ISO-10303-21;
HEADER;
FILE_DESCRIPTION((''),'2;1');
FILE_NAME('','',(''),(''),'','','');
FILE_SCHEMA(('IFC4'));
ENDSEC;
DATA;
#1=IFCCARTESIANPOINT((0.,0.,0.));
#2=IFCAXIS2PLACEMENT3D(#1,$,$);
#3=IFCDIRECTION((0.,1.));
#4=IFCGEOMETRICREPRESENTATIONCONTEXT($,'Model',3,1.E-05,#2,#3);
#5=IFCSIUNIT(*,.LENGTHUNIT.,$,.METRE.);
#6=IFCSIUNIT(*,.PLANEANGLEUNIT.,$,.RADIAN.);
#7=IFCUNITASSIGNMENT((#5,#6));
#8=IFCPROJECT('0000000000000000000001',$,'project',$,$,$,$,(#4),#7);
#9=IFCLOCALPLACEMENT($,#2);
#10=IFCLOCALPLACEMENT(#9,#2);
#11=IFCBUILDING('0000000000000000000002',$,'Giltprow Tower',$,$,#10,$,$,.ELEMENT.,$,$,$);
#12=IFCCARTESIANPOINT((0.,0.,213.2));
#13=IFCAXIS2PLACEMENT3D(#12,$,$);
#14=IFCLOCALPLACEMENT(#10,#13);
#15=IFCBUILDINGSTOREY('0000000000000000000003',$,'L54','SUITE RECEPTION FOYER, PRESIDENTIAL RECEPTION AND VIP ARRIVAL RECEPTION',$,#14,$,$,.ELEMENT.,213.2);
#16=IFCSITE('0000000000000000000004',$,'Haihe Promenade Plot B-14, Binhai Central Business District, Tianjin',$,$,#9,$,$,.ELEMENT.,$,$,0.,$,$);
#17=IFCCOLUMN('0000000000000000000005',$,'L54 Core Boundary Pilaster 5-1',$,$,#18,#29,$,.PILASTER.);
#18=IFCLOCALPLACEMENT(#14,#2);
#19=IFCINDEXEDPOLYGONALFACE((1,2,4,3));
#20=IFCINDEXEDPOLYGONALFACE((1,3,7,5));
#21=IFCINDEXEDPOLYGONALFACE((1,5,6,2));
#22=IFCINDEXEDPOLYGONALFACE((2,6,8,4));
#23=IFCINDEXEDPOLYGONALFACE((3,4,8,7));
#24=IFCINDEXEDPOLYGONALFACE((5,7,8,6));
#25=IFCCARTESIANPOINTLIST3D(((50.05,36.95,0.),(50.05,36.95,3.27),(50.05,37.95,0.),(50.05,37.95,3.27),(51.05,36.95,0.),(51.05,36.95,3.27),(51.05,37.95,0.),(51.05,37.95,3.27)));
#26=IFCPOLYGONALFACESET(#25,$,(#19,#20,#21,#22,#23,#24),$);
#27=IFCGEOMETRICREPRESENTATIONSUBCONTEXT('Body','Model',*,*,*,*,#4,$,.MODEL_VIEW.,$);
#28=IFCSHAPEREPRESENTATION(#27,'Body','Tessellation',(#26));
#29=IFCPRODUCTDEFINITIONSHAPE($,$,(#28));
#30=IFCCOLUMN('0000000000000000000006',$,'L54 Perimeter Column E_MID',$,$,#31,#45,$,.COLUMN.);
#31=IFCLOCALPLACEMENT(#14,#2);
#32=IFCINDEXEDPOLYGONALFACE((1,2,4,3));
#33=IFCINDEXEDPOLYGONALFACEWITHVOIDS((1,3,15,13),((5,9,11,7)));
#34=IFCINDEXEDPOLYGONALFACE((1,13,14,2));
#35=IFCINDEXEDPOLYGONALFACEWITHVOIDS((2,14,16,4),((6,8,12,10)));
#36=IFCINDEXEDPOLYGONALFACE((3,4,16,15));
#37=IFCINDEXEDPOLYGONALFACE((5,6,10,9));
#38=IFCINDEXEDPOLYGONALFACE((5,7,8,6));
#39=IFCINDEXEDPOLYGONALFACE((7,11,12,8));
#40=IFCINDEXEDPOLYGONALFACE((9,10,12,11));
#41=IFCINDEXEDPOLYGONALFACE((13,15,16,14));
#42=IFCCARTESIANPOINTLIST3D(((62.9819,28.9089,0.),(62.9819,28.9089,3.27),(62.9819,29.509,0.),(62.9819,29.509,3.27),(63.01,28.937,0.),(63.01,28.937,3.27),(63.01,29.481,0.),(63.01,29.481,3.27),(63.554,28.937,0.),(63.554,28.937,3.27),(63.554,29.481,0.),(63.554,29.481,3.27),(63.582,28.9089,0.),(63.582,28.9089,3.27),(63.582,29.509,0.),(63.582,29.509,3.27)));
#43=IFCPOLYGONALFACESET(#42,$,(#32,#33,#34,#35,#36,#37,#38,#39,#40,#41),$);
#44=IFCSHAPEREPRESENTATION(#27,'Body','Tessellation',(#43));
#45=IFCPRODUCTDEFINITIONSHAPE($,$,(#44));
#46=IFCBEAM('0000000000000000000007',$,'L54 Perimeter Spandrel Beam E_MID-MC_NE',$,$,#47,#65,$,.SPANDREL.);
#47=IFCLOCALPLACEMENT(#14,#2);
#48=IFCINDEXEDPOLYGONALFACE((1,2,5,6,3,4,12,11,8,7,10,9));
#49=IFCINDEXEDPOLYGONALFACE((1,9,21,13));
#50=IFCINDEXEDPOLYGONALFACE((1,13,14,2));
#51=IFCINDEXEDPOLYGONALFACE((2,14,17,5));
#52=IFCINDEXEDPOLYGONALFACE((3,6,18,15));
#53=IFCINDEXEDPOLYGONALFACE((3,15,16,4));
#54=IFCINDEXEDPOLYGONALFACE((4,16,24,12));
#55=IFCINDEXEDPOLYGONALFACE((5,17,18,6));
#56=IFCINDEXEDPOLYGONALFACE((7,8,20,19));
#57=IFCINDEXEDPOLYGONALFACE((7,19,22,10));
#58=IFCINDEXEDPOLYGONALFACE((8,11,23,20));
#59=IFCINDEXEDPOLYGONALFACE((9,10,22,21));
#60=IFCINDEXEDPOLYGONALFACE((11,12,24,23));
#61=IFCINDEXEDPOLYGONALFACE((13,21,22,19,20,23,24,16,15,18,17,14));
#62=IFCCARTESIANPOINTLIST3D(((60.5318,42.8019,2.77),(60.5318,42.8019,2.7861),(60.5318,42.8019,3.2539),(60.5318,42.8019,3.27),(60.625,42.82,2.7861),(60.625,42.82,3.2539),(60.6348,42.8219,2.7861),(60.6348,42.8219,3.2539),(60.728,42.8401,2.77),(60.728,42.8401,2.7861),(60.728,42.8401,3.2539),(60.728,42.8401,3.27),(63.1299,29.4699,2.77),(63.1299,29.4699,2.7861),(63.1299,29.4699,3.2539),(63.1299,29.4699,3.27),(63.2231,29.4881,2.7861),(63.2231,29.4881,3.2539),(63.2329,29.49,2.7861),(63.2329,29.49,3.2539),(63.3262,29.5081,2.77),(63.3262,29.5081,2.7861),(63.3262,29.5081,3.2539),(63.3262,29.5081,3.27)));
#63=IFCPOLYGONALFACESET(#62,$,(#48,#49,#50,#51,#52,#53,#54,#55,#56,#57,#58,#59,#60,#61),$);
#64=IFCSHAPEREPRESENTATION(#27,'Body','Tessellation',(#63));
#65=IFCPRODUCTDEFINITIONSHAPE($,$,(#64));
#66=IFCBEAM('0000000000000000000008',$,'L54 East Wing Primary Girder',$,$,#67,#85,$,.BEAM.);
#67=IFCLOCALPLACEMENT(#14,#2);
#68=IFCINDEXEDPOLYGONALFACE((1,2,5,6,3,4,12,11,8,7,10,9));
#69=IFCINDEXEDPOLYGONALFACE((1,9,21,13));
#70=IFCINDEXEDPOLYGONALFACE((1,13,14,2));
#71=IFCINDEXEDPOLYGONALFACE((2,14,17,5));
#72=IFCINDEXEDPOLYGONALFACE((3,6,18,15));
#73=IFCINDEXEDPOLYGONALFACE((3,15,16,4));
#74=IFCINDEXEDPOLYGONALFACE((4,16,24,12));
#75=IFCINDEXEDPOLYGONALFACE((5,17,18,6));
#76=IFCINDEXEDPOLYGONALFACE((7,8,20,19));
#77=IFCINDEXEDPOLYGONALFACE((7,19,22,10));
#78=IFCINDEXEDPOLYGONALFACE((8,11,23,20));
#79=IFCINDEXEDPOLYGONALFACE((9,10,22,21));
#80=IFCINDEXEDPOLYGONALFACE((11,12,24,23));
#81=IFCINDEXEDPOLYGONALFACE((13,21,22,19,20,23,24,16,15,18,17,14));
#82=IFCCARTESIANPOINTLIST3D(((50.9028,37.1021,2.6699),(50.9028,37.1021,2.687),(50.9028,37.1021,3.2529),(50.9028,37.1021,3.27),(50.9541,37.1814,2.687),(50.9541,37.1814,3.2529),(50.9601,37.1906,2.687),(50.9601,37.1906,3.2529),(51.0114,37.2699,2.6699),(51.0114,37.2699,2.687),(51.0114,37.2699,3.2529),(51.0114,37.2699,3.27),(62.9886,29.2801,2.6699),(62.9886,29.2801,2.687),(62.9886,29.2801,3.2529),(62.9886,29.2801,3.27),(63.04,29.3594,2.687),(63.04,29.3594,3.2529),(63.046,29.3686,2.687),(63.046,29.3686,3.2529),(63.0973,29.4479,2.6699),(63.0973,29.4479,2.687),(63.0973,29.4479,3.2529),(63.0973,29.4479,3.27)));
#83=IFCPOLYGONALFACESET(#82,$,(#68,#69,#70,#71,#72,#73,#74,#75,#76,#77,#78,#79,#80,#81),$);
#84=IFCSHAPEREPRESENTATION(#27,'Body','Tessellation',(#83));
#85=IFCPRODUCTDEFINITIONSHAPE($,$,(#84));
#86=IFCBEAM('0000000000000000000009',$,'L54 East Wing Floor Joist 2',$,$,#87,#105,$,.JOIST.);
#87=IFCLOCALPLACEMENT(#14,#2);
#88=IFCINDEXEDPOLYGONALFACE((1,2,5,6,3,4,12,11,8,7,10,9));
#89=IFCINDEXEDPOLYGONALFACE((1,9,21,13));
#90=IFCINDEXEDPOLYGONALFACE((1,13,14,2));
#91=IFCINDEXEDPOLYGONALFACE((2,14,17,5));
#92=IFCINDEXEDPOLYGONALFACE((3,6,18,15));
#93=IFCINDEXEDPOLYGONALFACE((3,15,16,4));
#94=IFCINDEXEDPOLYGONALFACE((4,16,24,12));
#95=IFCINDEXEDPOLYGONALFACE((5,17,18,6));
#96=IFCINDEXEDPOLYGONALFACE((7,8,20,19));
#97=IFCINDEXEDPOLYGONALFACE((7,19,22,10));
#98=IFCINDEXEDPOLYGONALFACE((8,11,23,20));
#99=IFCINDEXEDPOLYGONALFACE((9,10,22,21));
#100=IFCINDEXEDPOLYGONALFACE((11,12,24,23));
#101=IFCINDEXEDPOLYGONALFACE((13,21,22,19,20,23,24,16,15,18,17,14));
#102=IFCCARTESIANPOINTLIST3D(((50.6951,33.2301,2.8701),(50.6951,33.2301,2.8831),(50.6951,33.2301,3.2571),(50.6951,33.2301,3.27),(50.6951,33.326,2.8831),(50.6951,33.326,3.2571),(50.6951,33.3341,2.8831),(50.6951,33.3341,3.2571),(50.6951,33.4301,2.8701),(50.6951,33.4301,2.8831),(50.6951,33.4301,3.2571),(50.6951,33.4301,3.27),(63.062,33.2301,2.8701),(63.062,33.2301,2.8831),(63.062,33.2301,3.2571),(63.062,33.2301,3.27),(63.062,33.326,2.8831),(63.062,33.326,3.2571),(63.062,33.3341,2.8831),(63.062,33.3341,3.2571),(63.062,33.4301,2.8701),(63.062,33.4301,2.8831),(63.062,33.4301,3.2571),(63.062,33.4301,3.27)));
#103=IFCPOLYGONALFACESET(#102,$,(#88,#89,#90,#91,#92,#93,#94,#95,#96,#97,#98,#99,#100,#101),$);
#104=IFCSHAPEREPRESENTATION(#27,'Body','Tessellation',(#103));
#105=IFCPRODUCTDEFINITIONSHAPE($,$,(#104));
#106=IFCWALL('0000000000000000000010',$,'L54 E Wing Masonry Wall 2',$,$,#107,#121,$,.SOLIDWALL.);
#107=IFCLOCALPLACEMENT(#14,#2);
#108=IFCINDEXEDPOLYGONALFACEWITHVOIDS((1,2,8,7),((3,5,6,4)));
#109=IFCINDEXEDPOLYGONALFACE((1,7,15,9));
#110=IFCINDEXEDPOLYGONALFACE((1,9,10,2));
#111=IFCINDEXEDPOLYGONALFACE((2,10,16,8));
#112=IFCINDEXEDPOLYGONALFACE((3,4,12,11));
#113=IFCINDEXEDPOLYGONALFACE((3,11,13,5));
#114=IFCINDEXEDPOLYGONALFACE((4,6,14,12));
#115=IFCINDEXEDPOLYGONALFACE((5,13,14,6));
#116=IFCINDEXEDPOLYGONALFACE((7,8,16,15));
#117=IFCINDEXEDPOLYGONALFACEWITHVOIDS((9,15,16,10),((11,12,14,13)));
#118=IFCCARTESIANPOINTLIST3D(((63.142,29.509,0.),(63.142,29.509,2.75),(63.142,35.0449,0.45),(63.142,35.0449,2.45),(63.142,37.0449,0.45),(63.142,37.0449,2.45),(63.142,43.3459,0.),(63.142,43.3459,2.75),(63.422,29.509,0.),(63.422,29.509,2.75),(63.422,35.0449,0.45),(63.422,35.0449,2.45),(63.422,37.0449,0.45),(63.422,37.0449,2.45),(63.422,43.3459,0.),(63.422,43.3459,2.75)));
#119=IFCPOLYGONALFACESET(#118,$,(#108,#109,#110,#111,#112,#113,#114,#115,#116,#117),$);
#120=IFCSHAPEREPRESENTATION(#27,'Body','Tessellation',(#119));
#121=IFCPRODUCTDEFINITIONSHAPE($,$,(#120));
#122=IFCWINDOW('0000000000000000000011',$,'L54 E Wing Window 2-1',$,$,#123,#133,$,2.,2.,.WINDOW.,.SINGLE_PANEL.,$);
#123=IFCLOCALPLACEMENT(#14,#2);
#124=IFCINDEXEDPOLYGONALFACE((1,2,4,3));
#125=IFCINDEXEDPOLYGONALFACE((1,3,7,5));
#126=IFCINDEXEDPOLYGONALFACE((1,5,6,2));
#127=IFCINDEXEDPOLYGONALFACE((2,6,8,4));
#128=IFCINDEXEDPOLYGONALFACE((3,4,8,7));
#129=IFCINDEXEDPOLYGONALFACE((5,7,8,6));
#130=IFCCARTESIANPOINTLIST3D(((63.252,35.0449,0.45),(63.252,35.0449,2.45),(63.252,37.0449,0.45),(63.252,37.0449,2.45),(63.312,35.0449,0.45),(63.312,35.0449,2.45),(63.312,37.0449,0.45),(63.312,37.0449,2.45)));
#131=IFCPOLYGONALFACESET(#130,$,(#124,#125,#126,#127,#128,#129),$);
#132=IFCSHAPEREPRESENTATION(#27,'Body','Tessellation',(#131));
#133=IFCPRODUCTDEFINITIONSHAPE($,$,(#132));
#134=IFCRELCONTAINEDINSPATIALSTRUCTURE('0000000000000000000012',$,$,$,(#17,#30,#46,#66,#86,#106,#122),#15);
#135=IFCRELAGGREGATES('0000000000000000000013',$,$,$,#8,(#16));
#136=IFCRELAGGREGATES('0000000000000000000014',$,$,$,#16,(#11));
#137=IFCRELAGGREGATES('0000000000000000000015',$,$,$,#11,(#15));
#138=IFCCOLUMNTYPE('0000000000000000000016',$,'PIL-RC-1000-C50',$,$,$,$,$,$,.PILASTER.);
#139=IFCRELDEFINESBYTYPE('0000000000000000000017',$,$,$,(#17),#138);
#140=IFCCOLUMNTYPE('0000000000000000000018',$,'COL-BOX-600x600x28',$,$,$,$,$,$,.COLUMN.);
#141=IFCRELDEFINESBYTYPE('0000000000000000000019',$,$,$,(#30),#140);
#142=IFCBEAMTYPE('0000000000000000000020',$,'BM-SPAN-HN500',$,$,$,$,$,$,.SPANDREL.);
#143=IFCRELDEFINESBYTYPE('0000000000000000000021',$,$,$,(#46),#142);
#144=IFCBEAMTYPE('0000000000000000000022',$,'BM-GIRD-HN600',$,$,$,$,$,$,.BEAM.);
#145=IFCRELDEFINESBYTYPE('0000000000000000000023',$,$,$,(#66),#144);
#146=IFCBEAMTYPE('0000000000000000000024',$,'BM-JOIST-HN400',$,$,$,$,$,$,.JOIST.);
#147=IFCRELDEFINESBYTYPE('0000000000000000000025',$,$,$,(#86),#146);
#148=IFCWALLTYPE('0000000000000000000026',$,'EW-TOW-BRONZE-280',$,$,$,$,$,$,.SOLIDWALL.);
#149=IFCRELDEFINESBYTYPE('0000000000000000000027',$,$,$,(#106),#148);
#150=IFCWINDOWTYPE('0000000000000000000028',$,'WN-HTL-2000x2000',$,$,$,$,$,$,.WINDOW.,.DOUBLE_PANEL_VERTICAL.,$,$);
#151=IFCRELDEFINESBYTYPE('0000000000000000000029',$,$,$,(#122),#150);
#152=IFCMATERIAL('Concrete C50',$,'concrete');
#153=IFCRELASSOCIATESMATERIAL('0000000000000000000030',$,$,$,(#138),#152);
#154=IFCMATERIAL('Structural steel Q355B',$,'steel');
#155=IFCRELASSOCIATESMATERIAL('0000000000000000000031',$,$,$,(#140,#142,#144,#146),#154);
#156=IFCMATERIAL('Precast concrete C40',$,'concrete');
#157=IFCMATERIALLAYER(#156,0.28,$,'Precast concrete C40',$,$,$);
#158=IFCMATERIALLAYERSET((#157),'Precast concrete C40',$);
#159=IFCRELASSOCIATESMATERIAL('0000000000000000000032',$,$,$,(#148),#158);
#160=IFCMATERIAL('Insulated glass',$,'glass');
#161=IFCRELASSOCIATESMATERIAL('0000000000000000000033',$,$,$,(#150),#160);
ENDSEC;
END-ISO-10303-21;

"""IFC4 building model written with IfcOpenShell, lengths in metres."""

from ifc_helpers import new_model, si_unit, direction, frame, frame_2d, origin, origin_2d, place, context, subcontext, project, spatial, rectangle, hollow_rectangle, i_section, extrude, source, transform, mapped, material, layer, layer_set, material_profile, profile_set, type_object, element, fill, save


model = new_model("IFC4")

# Units and contexts
model_context = context("Model", 3, precision=1e-05, world=origin(), true_north=direction((0.0, 1.0)))
body_context = subcontext(model_context, "Body", "Model", "MODEL_VIEW")
ifc_project = project(units=[si_unit("LENGTHUNIT", "METRE"), si_unit("PLANEANGLEUNIT", "RADIAN")], contexts=[model_context])

# Site, building, storey
site_placement = place(None, origin())
site = spatial("IfcSite", under=ifc_project, at=site_placement, Name="Haihe Promenade Plot B-14, Binhai Central Business District, Tianjin", CompositionType="ELEMENT", RefElevation=0.0)
building_placement = place(site_placement, origin())
building = spatial("IfcBuilding", under=site, at=building_placement, Name="Giltprow Tower", CompositionType="ELEMENT")
storey_placement = place(building_placement, frame((0.0, 0.0, 213.2)))
storey = spatial("IfcBuildingStorey", under=building, at=storey_placement, Name="L54", Description="SUITE RECEPTION FOYER, PRESIDENTIAL RECEPTION AND VIP ARRIVAL RECEPTION", CompositionType="ELEMENT", Elevation=213.2)

# Columns
ifc_material_1 = material(Name="Concrete C50", Category="concrete")
ifc_material_profile_1 = material_profile(ifc_material_1, rectangle(XDim=1.0, YDim=1.0, at=origin_2d()), Name="RC 1000x1000")
ifc_profile_set_1 = profile_set([ifc_material_profile_1], Name="Concrete C50")
column_type_1 = type_object("IfcColumnType", Name="PIL-RC-1000-C50", PredefinedType="PILASTER", material=ifc_profile_set_1)
shared_shape_1 = source(origin(), body_context, "Body", "SweptSolid", [
    extrude(rectangle(XDim=1.0, YDim=1.0, at=origin_2d()), origin(), (0.0, 0.0, 1.0), 3.27),
])
column_1_placement = place(storey_placement, frame((50.55, 37.45, 0.0), z_axis=(0.0, 0.0, 1.0), x_axis=(1.0, 0.0, 0.0)))
element("IfcColumn", 1, at=column_1_placement, inside=storey, type_object=column_type_1, Name="L54 Core Boundary Pilaster 5-1", PredefinedType="PILASTER", context=body_context, shape_type="MappedRepresentation", body=[
    mapped(shared_shape_1, transform((0.0, 0.0, 0.0), x_axis=(1.0, 0.0, 0.0), y_axis=(0.0, 1.0, 0.0), z_axis=(0.0, 0.0, 1.0), scale=1.0)),
])
ifc_material_2 = material(Name="Structural steel Q355B", Category="steel")
ifc_material_profile_2 = material_profile(ifc_material_2, hollow_rectangle(XDim=0.6001, YDim=0.6001, WallThickness=0.0281, at=origin_2d()), Name="BOX 600x600x28")
ifc_profile_set_2 = profile_set([ifc_material_profile_2], Name="Structural steel Q355B")
column_type_2 = type_object("IfcColumnType", Name="COL-BOX-600x600x28", PredefinedType="COLUMN", material=ifc_profile_set_2)
shared_shape_2 = source(origin(), body_context, "Body", "SweptSolid", [
    extrude(hollow_rectangle(XDim=0.6001, YDim=0.6001, WallThickness=0.0281, at=origin_2d()), origin(), (0.0, 0.0, 1.0), 3.27),
])
column_2_placement = place(storey_placement, frame((63.282, 29.209, 0.0), z_axis=(0.0, 0.0, 1.0), x_axis=(1.0, 0.0, 0.0)))
element("IfcColumn", 2, at=column_2_placement, inside=storey, type_object=column_type_2, Name="L54 Perimeter Column E_MID", PredefinedType="COLUMN", context=body_context, shape_type="MappedRepresentation", body=[
    mapped(shared_shape_2, transform((0.0, 0.0, 0.0), x_axis=(1.0, 0.0, 0.0), y_axis=(0.0, 1.0, 0.0), z_axis=(0.0, 0.0, 1.0), scale=1.0)),
])

# Beams
ifc_material_profile_3 = material_profile(ifc_material_2, i_section(OverallWidth=0.2, OverallDepth=0.5, WebThickness=0.01, FlangeThickness=0.0161, at=origin_2d()), Name="HN 500x200x10x16")
ifc_profile_set_3 = profile_set([ifc_material_profile_3], Name="Structural steel Q355B")
beam_type_1 = type_object("IfcBeamType", Name="BM-SPAN-HN500", PredefinedType="SPANDREL", material=ifc_profile_set_3)
shared_shape_3 = source(origin(), body_context, "Body", "SweptSolid", [
    extrude(i_section(OverallWidth=0.2, OverallDepth=0.5, WebThickness=0.01, FlangeThickness=0.0161, at=origin_2d()), origin(), (0.0, 0.0, 1.0), 13.5828),
])
beam_1_placement = place(storey_placement, frame((63.228, 29.489, 3.02), z_axis=(-0.191281, 0.981535, 0.0), x_axis=(-0.981535, -0.191281, 0.0)))
element("IfcBeam", 3, at=beam_1_placement, inside=storey, type_object=beam_type_1, Name="L54 Perimeter Spandrel Beam E_MID-MC_NE", PredefinedType="SPANDREL", context=body_context, shape_type="MappedRepresentation", body=[
    mapped(shared_shape_3, transform((0.0, 0.0, 0.0), x_axis=(1.0, 0.0, 0.0), y_axis=(0.0, 1.0, 0.0), z_axis=(0.0, 0.0, 1.0), scale=1.0)),
])
ifc_material_profile_4 = material_profile(ifc_material_2, i_section(OverallWidth=0.2, OverallDepth=0.6001, WebThickness=0.011, FlangeThickness=0.0171, at=origin_2d()), Name="HN 600x200x11x17")
ifc_profile_set_4 = profile_set([ifc_material_profile_4], Name="Structural steel Q355B")
beam_type_2 = type_object("IfcBeamType", Name="BM-GIRD-HN600", PredefinedType="BEAM", material=ifc_profile_set_4)
shared_shape_4 = source(origin(), body_context, "Body", "SweptSolid", [
    extrude(i_section(OverallWidth=0.2, OverallDepth=0.6001, WebThickness=0.011, FlangeThickness=0.0171, at=origin_2d()), origin(), (0.0, 0.0, 1.0), 14.3962),
])
beam_2_placement = place(storey_placement, frame((63.043, 29.364, 2.97), z_axis=(-0.839516, 0.543335, 0.0), x_axis=(-0.543335, -0.839516, 0.0)))
element("IfcBeam", 4, at=beam_2_placement, inside=storey, type_object=beam_type_2, Name="L54 East Wing Primary Girder", PredefinedType="BEAM", context=body_context, shape_type="MappedRepresentation", body=[
    mapped(shared_shape_4, transform((0.0, 0.0, 0.0), x_axis=(1.0, 0.0, 0.0), y_axis=(0.0, 1.0, 0.0), z_axis=(0.0, 0.0, 1.0), scale=1.0)),
])
ifc_material_profile_5 = material_profile(ifc_material_2, i_section(OverallWidth=0.2, OverallDepth=0.3999, WebThickness=0.0081, FlangeThickness=0.0129, at=origin_2d()), Name="HN 400x200x8x13")
ifc_profile_set_5 = profile_set([ifc_material_profile_5], Name="Structural steel Q355B")
beam_type_3 = type_object("IfcBeamType", Name="BM-JOIST-HN400", PredefinedType="JOIST", material=ifc_profile_set_5)
shared_shape_5 = source(origin(), body_context, "Body", "SweptSolid", [
    extrude(i_section(OverallWidth=0.2, OverallDepth=0.3999, WebThickness=0.0081, FlangeThickness=0.0129, at=origin_2d()), origin(), (0.0, 0.0, 1.0), 12.3669),
])
beam_3_placement = place(storey_placement, frame((50.6951, 33.3301, 3.0701), z_axis=(1.0, 0.0, 0.0), x_axis=(0.0, 1.0, 0.0)))
element("IfcBeam", 5, at=beam_3_placement, inside=storey, type_object=beam_type_3, Name="L54 East Wing Floor Joist 2", PredefinedType="JOIST", context=body_context, shape_type="MappedRepresentation", body=[
    mapped(shared_shape_5, transform((0.0, 0.0, 0.0), x_axis=(1.0, 0.0, 0.0), y_axis=(0.0, 1.0, 0.0), z_axis=(0.0, 0.0, 1.0), scale=1.0)),
])

# Wall, opening, window
ifc_material_3 = material(Name="Precast concrete C40", Category="concrete")
ifc_layer_1 = layer(ifc_material_3, 0.28, Name="Precast concrete C40")
ifc_layer_set_1 = layer_set([ifc_layer_1], Name="Precast concrete C40")
wall_type_1 = type_object("IfcWallType", Name="EW-TOW-BRONZE-280", PredefinedType="SOLIDWALL", material=ifc_layer_set_1)
wall_1_placement = place(storey_placement, frame((63.282, 29.509, 0.0), z_axis=(0.0, 0.0, 1.0), x_axis=(0.0, 1.0, 0.0)))
wall_1 = element("IfcWall", 6, at=wall_1_placement, inside=storey, type_object=wall_type_1, Name="L54 E Wing Masonry Wall 2", PredefinedType="SOLIDWALL", context=body_context, shape_type="SweptSolid", body=[
    extrude(rectangle(XDim=13.8369, YDim=0.28, at=frame_2d((6.9185, 0.0))), origin(), (0.0, 0.0, 1.0), 2.75),
])
opening_1_placement = place(wall_1_placement, frame((5.5359, 0.0, 0.45)))
opening_1 = element("IfcOpeningElement", 7, at=opening_1_placement, cuts=wall_1, PredefinedType="OPENING", context=body_context, shape_type="SweptSolid", body=[
    extrude(rectangle(XDim=2.0, YDim=2.0, at=frame_2d((1.0, 1.0))), frame((0.0, 0.1499, 0.0), z_axis=(0.0, -1.0, 0.0), x_axis=(1.0, 0.0, 0.0)), (0.0, 0.0, 1.0), 0.3),
])
ifc_material_4 = material(Name="Insulated glass", Category="glass")
window_type = type_object("IfcWindowType", Name="WN-HTL-2000x2000", PartitioningType="DOUBLE_PANEL_VERTICAL", PredefinedType="WINDOW", material=ifc_material_4)
shared_shape_6 = source(origin(), body_context, "Body", "SweptSolid", [
    extrude(rectangle(XDim=2.0, YDim=2.0, at=frame_2d((1.0, 1.0))), frame((0.0, 0.03, 0.0), z_axis=(0.0, -1.0, 0.0), x_axis=(1.0, 0.0, 0.0)), (0.0, 0.0, 1.0), 0.0601),
])
window_placement = place(opening_1_placement, origin())
window = element("IfcWindow", 8, at=window_placement, inside=storey, type_object=window_type, Name="L54 E Wing Window 2-1", OverallHeight=2.0, OverallWidth=2.0, PartitioningType="SINGLE_PANEL", PredefinedType="WINDOW", context=body_context, shape_type="MappedRepresentation", body=[
    mapped(shared_shape_6, transform((0.0, 0.0, 0.0), x_axis=(1.0, 0.0, 0.0), y_axis=(0.0, 1.0, 0.0), z_axis=(0.0, 0.0, 1.0), scale=1.0)),
])
fill(opening_1, window)

save(model, "model.ifc")
